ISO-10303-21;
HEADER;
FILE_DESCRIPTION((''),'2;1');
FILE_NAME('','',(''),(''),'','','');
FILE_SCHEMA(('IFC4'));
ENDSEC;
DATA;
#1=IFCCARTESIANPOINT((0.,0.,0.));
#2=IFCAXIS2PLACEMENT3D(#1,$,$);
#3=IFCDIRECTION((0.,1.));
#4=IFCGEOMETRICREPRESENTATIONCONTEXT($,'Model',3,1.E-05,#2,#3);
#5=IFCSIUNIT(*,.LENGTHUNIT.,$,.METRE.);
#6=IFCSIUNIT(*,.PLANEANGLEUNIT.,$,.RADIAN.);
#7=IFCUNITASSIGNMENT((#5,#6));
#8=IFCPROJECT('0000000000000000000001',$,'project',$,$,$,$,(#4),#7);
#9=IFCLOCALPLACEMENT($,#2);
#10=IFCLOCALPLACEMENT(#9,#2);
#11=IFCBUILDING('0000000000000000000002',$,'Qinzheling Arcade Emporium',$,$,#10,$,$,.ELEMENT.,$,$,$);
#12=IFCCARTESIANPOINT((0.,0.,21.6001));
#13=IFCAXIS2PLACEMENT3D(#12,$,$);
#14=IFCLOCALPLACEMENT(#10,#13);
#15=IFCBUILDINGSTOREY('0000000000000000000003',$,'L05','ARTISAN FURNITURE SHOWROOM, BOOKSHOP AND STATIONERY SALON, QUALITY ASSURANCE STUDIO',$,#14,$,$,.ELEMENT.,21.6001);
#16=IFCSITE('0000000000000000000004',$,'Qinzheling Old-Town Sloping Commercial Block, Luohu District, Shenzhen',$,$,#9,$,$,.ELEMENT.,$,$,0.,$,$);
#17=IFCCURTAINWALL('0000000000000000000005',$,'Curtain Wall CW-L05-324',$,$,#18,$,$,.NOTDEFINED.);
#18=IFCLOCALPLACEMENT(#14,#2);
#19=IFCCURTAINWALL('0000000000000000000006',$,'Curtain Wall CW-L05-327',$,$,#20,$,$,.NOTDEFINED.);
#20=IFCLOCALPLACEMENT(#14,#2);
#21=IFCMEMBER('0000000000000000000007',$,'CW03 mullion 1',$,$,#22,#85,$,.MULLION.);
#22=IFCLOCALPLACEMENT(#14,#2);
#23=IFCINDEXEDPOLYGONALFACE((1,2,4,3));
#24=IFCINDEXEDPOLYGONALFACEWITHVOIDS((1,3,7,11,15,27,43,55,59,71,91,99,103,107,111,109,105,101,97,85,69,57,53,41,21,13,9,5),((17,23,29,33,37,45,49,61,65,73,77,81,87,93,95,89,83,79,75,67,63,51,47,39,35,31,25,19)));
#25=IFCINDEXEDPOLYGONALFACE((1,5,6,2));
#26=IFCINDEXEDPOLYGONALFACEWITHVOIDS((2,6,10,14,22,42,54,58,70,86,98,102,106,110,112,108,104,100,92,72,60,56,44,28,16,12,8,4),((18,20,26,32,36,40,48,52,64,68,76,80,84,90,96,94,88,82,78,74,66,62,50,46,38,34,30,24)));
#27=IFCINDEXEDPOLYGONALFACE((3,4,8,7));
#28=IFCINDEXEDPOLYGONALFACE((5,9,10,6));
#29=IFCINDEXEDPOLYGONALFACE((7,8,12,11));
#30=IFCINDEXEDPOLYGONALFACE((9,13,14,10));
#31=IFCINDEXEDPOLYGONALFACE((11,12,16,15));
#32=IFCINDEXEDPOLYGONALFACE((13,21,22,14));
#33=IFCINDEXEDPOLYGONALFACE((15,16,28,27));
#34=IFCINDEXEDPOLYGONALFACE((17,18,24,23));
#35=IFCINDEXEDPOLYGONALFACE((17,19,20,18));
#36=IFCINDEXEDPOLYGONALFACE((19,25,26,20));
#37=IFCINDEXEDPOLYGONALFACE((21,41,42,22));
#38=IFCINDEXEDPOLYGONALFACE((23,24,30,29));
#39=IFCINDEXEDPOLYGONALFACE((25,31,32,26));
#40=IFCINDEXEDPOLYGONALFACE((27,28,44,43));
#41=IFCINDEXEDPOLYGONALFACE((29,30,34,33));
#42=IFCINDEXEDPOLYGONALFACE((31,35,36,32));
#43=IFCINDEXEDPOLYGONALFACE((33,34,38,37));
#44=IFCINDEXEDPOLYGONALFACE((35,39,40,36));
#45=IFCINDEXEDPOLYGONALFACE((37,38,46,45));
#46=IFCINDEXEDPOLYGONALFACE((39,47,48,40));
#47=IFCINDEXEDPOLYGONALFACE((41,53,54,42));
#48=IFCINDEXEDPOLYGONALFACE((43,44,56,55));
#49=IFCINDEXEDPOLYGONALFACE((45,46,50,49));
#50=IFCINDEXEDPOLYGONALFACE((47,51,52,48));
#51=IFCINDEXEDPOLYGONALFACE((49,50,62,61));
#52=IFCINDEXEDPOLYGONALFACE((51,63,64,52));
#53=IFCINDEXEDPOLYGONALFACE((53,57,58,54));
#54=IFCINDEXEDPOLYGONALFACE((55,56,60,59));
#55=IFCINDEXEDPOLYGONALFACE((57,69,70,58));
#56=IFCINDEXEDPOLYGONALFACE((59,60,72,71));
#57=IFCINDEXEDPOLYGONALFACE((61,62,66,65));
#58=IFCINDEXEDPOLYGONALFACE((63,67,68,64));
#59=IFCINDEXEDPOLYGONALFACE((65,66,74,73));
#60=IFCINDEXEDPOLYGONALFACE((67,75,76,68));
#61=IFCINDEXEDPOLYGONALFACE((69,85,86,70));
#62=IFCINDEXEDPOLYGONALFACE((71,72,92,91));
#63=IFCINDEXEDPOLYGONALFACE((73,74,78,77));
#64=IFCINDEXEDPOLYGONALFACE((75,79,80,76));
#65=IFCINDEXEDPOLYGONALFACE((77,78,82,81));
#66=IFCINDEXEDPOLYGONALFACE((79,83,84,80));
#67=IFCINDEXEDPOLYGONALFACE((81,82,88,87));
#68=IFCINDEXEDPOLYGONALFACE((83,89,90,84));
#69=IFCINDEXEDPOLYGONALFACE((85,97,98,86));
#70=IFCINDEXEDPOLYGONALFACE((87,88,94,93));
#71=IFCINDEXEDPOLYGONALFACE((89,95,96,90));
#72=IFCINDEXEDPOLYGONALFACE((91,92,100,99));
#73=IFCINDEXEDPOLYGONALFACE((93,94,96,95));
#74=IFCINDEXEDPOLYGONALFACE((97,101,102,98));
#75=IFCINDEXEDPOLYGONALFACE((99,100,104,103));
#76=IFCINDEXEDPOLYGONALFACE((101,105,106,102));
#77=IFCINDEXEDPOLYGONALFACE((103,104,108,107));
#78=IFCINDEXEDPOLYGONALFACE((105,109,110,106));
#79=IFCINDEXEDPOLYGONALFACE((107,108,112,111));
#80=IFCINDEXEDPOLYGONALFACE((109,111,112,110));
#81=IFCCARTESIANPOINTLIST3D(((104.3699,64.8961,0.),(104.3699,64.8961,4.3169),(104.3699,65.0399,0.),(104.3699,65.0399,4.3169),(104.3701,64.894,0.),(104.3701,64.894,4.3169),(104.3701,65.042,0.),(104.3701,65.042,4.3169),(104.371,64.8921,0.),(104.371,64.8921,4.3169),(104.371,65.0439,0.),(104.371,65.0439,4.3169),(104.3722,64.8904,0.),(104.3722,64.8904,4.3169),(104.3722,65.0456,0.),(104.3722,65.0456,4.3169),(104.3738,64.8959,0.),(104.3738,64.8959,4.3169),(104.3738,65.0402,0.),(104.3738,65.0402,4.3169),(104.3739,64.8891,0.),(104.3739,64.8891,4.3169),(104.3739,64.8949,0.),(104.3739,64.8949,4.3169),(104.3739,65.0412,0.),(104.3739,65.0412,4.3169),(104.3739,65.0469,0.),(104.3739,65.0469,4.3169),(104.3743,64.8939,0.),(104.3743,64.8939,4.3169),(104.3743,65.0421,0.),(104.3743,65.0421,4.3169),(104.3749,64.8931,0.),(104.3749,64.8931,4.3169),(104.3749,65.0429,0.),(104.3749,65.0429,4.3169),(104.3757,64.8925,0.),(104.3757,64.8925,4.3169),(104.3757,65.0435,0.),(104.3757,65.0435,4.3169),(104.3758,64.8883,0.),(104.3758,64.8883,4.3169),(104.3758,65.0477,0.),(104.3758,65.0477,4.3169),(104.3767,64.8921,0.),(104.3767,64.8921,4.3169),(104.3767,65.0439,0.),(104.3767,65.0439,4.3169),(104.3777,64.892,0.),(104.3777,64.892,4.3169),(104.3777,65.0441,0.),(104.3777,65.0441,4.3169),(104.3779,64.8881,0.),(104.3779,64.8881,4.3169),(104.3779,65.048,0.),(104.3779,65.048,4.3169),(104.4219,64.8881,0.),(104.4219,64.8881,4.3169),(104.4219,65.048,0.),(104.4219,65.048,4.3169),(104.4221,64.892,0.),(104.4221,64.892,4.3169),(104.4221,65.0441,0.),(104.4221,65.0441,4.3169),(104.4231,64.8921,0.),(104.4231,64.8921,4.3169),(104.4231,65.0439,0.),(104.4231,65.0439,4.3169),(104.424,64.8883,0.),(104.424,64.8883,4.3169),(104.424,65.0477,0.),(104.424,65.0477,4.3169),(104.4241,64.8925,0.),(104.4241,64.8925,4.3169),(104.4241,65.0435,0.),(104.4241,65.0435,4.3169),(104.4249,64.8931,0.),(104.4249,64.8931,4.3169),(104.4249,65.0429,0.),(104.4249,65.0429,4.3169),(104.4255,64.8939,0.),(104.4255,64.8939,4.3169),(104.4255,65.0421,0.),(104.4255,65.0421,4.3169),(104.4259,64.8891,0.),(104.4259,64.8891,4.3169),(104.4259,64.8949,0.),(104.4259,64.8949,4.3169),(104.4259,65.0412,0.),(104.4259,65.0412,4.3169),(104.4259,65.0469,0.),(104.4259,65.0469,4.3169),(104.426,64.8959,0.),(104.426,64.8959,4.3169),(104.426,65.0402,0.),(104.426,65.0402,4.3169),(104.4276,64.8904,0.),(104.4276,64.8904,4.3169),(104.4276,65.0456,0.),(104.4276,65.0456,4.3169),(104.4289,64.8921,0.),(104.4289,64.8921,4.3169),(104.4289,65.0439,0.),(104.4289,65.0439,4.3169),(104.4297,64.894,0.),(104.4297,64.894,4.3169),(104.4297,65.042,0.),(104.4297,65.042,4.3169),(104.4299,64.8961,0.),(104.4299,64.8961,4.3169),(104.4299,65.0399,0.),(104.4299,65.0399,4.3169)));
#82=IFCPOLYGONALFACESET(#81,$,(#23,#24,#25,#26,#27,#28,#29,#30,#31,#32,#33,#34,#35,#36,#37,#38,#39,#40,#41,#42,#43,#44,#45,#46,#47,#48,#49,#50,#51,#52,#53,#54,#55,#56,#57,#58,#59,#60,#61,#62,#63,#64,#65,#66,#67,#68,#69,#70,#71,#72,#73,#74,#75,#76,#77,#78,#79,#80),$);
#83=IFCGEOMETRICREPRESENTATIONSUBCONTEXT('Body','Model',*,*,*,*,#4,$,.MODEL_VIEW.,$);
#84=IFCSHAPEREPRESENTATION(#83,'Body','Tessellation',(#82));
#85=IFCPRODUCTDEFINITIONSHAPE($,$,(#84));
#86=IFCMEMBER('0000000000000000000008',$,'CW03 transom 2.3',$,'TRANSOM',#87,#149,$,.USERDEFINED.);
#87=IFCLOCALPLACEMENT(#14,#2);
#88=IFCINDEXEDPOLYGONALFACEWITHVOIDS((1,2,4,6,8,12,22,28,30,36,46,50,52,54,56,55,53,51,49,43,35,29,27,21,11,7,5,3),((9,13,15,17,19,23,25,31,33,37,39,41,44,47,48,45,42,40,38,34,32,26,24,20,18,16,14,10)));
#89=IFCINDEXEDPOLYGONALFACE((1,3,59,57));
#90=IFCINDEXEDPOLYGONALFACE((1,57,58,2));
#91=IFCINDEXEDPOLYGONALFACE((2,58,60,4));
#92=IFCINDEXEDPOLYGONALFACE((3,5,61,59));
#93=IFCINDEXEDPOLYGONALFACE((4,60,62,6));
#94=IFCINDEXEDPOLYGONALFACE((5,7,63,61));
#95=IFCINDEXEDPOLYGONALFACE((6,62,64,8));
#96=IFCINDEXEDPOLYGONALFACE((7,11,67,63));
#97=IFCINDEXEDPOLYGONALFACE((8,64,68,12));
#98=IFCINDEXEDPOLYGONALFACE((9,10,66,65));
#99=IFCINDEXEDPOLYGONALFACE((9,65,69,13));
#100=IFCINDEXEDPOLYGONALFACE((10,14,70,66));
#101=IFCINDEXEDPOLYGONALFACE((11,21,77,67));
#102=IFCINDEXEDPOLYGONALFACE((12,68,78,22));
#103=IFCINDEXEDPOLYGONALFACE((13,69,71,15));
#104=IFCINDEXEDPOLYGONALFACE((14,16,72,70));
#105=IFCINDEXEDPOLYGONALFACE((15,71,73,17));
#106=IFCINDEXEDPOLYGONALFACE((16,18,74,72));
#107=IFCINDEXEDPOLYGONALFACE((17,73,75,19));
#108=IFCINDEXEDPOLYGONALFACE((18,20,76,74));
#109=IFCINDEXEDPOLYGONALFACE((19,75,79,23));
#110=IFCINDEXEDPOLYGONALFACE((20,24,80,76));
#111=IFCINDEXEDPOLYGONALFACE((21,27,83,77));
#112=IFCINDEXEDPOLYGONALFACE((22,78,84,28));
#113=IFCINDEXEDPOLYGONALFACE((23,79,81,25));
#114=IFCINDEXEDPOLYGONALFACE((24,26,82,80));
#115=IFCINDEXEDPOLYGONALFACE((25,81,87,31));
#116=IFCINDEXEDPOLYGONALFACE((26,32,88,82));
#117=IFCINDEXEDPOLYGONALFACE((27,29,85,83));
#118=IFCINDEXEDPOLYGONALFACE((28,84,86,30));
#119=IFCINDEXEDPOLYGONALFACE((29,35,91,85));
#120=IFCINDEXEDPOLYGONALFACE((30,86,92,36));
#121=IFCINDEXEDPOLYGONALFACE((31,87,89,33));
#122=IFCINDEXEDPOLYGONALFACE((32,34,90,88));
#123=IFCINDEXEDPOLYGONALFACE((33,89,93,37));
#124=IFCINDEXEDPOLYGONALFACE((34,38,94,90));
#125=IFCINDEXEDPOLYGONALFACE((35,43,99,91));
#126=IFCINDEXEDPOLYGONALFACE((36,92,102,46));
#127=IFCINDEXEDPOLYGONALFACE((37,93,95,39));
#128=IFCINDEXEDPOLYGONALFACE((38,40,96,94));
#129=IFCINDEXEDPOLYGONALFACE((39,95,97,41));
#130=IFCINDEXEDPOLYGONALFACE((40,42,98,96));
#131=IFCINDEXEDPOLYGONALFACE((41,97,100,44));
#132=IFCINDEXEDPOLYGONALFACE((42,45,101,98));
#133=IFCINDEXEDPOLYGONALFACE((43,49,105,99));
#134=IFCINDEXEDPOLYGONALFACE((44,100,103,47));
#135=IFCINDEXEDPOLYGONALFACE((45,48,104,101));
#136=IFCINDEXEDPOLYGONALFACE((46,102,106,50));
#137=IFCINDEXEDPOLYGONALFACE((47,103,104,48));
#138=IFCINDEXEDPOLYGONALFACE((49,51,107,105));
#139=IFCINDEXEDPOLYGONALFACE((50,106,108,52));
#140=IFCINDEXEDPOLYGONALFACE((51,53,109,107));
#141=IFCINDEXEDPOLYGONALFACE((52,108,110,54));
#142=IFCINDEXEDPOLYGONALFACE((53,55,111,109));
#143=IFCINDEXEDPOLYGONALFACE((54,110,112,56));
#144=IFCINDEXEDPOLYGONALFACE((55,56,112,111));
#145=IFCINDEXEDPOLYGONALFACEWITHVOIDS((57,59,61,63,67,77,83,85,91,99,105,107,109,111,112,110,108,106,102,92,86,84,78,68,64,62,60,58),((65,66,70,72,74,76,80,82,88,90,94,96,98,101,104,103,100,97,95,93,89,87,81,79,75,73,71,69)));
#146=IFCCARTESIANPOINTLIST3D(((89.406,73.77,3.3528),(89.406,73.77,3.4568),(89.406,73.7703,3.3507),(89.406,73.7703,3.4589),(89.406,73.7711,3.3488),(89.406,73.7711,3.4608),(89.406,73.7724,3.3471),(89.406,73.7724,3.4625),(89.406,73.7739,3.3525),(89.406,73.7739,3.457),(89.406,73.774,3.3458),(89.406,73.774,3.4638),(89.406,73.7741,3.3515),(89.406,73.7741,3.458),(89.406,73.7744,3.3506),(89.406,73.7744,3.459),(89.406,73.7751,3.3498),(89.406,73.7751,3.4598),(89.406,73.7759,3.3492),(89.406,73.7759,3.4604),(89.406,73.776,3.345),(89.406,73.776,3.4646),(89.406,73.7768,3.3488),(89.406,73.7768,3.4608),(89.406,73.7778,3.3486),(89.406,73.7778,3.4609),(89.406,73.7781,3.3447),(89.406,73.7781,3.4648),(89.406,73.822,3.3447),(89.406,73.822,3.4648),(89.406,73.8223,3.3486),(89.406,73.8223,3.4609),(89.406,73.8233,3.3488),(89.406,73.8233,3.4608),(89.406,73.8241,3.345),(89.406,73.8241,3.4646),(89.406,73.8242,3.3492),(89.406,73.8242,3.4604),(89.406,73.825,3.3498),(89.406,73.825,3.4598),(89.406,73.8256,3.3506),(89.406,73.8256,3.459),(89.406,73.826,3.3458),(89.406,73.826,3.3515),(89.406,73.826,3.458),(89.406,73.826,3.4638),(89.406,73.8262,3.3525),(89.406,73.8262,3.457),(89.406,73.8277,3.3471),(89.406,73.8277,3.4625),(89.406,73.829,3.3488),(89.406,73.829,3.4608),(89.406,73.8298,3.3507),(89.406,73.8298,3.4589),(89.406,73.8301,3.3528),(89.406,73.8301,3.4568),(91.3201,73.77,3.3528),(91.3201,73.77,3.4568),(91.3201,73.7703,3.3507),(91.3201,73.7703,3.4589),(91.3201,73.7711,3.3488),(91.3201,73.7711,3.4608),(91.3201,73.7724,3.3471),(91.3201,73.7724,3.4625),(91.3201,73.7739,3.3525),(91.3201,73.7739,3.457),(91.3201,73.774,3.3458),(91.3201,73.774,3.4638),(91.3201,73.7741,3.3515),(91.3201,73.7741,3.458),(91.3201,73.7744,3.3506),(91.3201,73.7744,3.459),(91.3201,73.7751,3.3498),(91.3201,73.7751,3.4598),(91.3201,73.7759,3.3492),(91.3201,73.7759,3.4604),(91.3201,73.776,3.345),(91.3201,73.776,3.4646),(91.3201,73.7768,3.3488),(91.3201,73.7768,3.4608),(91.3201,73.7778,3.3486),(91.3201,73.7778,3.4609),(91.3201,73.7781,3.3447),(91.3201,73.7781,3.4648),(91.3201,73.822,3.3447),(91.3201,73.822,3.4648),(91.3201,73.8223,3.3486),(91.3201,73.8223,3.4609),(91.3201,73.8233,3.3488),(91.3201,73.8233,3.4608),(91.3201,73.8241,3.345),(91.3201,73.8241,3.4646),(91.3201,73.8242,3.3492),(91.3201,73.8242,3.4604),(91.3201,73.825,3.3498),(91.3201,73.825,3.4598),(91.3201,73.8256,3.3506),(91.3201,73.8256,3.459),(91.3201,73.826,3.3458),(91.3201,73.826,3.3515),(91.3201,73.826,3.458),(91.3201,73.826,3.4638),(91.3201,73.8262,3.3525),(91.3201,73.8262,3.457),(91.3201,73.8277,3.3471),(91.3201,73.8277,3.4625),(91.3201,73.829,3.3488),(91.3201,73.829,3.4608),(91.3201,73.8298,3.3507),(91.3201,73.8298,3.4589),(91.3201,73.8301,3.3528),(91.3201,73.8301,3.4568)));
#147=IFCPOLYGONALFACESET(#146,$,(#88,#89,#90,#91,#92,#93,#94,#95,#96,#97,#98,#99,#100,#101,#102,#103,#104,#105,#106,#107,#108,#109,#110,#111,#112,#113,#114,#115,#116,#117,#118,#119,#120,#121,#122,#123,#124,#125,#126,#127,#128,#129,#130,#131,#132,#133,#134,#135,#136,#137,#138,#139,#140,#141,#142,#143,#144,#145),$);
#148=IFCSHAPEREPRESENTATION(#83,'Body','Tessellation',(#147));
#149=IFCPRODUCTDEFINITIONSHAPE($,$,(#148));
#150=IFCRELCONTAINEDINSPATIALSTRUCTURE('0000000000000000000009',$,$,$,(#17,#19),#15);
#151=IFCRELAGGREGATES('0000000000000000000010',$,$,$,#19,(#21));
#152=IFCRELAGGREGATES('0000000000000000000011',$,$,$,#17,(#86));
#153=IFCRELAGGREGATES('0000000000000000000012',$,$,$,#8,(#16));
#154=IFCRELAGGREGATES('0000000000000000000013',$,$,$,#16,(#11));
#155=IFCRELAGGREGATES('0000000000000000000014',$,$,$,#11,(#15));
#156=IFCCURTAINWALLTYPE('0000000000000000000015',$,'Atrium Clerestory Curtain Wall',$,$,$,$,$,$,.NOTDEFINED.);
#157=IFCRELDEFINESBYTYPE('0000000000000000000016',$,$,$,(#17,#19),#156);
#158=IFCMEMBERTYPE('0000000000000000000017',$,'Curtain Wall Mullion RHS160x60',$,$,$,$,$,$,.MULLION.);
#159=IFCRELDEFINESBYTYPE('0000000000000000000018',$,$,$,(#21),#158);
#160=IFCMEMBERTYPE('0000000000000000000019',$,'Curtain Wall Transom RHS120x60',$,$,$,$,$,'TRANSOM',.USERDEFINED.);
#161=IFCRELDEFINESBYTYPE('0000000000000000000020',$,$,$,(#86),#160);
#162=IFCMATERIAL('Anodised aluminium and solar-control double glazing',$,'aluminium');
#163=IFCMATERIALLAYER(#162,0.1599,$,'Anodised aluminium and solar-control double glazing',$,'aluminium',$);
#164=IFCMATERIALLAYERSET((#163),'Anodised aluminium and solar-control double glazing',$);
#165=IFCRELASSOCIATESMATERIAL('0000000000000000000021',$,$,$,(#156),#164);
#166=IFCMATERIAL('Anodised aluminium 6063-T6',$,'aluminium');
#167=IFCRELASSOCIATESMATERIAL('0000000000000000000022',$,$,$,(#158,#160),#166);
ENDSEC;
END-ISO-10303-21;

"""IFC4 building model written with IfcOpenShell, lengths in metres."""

from ifc_helpers import new_model, si_unit, direction, frame, origin, origin_2d, place, context, subcontext, project, spatial, hollow_rectangle, extrude, material, layer, layer_set, material_profile, profile_set, type_object, element, aggregate, save


model = new_model("IFC4")

# Units and contexts
model_context = context("Model", 3, precision=1e-05, world=origin(), true_north=direction((0.0, 1.0)))
body_context = subcontext(model_context, "Body", "Model", "MODEL_VIEW")
ifc_project = project(units=[si_unit("LENGTHUNIT", "METRE"), si_unit("PLANEANGLEUNIT", "RADIAN")], contexts=[model_context])

# Site, building, storey
site_placement = place(None, origin())
site = spatial("IfcSite", under=ifc_project, at=site_placement, Name="Qinzheling Old-Town Sloping Commercial Block, Luohu District, Shenzhen", CompositionType="ELEMENT", RefElevation=0.0)
building_placement = place(site_placement, origin())
building = spatial("IfcBuilding", under=site, at=building_placement, Name="Qinzheling Arcade Emporium", CompositionType="ELEMENT")
storey_placement = place(building_placement, frame((0.0, 0.0, 21.6001)))
storey = spatial("IfcBuildingStorey", under=building, at=storey_placement, Name="L05", Description="ARTISAN FURNITURE SHOWROOM, BOOKSHOP AND STATIONERY SALON, QUALITY ASSURANCE STUDIO", CompositionType="ELEMENT", Elevation=21.6001)

# Curtain wall
ifc_material_1 = material(Name="Anodised aluminium and solar-control double glazing", Category="aluminium")
ifc_layer_1 = layer(ifc_material_1, 0.1599, Name="Anodised aluminium and solar-control double glazing", Category="aluminium")
ifc_layer_set_1 = layer_set([ifc_layer_1], Name="Anodised aluminium and solar-control double glazing")
curtain_wall_type = type_object("IfcCurtainWallType", Name="Atrium Clerestory Curtain Wall", PredefinedType="NOTDEFINED", material=ifc_layer_set_1)
curtain_wall_1_placement = place(storey_placement, origin())
curtain_wall_1 = element("IfcCurtainWall", 1, at=curtain_wall_1_placement, inside=storey, type_object=curtain_wall_type, Name="Curtain Wall CW-L05-324", PredefinedType="NOTDEFINED")
ifc_material_2 = material(Name="Anodised aluminium 6063-T6", Category="aluminium")
ifc_material_profile_1 = material_profile(ifc_material_2, hollow_rectangle(XDim=0.0601, YDim=0.1599, WallThickness=0.0039, InnerFilletRadius=0.0039, OuterFilletRadius=0.0081, at=origin_2d()), Name="RHS 160x60x4", Category="aluminium")
ifc_profile_set_1 = profile_set([ifc_material_profile_1], Name="Anodised aluminium 6063-T6")
member_type_1 = type_object("IfcMemberType", Name="Curtain Wall Mullion RHS160x60", PredefinedType="MULLION", material=ifc_profile_set_1)

# Curtain wall, member
curtain_wall_2_placement = place(storey_placement, origin())
curtain_wall_2 = element("IfcCurtainWall", 2, at=curtain_wall_2_placement, inside=storey, type_object=curtain_wall_type, Name="Curtain Wall CW-L05-327", PredefinedType="NOTDEFINED")
member_1_placement = place(storey_placement, frame((104.3999, 64.968, 0.0), z_axis=(0.0, 0.0, 1.0), x_axis=(1.0, 0.0, 0.0)))
member_1 = element("IfcMember", 3, at=member_1_placement, type_object=member_type_1, Name="CW03 mullion 1", PredefinedType="MULLION", context=body_context, shape_type="SweptSolid", body=[
    extrude(hollow_rectangle(XDim=0.0601, YDim=0.1599, WallThickness=0.0039, InnerFilletRadius=0.0039, OuterFilletRadius=0.0081, at=origin_2d()), origin(), (0.0, 0.0, 1.0), 4.3169),
])

# Member
ifc_material_profile_2 = material_profile(ifc_material_2, hollow_rectangle(XDim=0.0601, YDim=0.1201, WallThickness=0.0039, InnerFilletRadius=0.0039, OuterFilletRadius=0.0081, at=origin_2d()), Name="RHS 120x60x4", Category="aluminium")
ifc_profile_set_2 = profile_set([ifc_material_profile_2], Name="Anodised aluminium 6063-T6")
member_type_2 = type_object("IfcMemberType", Name="Curtain Wall Transom RHS120x60", ElementType="TRANSOM", PredefinedType="USERDEFINED", material=ifc_profile_set_2)
member_2_placement = place(storey_placement, frame((89.406, 73.8, 3.4048), z_axis=(1.0, 0.0, 0.0), x_axis=(0.0, 1.0, 0.0)))
member_2 = element("IfcMember", 4, at=member_2_placement, type_object=member_type_2, Name="CW03 transom 2.3", ObjectType="TRANSOM", PredefinedType="USERDEFINED", context=body_context, shape_type="SweptSolid", body=[
    extrude(hollow_rectangle(XDim=0.0601, YDim=0.1201, WallThickness=0.0039, InnerFilletRadius=0.0039, OuterFilletRadius=0.0081, at=origin_2d()), origin(), (0.0, 0.0, 1.0), 1.9141),
])
aggregate(curtain_wall_2, [member_1])

aggregate(curtain_wall_1, [member_2])

save(model, "model.ifc")
